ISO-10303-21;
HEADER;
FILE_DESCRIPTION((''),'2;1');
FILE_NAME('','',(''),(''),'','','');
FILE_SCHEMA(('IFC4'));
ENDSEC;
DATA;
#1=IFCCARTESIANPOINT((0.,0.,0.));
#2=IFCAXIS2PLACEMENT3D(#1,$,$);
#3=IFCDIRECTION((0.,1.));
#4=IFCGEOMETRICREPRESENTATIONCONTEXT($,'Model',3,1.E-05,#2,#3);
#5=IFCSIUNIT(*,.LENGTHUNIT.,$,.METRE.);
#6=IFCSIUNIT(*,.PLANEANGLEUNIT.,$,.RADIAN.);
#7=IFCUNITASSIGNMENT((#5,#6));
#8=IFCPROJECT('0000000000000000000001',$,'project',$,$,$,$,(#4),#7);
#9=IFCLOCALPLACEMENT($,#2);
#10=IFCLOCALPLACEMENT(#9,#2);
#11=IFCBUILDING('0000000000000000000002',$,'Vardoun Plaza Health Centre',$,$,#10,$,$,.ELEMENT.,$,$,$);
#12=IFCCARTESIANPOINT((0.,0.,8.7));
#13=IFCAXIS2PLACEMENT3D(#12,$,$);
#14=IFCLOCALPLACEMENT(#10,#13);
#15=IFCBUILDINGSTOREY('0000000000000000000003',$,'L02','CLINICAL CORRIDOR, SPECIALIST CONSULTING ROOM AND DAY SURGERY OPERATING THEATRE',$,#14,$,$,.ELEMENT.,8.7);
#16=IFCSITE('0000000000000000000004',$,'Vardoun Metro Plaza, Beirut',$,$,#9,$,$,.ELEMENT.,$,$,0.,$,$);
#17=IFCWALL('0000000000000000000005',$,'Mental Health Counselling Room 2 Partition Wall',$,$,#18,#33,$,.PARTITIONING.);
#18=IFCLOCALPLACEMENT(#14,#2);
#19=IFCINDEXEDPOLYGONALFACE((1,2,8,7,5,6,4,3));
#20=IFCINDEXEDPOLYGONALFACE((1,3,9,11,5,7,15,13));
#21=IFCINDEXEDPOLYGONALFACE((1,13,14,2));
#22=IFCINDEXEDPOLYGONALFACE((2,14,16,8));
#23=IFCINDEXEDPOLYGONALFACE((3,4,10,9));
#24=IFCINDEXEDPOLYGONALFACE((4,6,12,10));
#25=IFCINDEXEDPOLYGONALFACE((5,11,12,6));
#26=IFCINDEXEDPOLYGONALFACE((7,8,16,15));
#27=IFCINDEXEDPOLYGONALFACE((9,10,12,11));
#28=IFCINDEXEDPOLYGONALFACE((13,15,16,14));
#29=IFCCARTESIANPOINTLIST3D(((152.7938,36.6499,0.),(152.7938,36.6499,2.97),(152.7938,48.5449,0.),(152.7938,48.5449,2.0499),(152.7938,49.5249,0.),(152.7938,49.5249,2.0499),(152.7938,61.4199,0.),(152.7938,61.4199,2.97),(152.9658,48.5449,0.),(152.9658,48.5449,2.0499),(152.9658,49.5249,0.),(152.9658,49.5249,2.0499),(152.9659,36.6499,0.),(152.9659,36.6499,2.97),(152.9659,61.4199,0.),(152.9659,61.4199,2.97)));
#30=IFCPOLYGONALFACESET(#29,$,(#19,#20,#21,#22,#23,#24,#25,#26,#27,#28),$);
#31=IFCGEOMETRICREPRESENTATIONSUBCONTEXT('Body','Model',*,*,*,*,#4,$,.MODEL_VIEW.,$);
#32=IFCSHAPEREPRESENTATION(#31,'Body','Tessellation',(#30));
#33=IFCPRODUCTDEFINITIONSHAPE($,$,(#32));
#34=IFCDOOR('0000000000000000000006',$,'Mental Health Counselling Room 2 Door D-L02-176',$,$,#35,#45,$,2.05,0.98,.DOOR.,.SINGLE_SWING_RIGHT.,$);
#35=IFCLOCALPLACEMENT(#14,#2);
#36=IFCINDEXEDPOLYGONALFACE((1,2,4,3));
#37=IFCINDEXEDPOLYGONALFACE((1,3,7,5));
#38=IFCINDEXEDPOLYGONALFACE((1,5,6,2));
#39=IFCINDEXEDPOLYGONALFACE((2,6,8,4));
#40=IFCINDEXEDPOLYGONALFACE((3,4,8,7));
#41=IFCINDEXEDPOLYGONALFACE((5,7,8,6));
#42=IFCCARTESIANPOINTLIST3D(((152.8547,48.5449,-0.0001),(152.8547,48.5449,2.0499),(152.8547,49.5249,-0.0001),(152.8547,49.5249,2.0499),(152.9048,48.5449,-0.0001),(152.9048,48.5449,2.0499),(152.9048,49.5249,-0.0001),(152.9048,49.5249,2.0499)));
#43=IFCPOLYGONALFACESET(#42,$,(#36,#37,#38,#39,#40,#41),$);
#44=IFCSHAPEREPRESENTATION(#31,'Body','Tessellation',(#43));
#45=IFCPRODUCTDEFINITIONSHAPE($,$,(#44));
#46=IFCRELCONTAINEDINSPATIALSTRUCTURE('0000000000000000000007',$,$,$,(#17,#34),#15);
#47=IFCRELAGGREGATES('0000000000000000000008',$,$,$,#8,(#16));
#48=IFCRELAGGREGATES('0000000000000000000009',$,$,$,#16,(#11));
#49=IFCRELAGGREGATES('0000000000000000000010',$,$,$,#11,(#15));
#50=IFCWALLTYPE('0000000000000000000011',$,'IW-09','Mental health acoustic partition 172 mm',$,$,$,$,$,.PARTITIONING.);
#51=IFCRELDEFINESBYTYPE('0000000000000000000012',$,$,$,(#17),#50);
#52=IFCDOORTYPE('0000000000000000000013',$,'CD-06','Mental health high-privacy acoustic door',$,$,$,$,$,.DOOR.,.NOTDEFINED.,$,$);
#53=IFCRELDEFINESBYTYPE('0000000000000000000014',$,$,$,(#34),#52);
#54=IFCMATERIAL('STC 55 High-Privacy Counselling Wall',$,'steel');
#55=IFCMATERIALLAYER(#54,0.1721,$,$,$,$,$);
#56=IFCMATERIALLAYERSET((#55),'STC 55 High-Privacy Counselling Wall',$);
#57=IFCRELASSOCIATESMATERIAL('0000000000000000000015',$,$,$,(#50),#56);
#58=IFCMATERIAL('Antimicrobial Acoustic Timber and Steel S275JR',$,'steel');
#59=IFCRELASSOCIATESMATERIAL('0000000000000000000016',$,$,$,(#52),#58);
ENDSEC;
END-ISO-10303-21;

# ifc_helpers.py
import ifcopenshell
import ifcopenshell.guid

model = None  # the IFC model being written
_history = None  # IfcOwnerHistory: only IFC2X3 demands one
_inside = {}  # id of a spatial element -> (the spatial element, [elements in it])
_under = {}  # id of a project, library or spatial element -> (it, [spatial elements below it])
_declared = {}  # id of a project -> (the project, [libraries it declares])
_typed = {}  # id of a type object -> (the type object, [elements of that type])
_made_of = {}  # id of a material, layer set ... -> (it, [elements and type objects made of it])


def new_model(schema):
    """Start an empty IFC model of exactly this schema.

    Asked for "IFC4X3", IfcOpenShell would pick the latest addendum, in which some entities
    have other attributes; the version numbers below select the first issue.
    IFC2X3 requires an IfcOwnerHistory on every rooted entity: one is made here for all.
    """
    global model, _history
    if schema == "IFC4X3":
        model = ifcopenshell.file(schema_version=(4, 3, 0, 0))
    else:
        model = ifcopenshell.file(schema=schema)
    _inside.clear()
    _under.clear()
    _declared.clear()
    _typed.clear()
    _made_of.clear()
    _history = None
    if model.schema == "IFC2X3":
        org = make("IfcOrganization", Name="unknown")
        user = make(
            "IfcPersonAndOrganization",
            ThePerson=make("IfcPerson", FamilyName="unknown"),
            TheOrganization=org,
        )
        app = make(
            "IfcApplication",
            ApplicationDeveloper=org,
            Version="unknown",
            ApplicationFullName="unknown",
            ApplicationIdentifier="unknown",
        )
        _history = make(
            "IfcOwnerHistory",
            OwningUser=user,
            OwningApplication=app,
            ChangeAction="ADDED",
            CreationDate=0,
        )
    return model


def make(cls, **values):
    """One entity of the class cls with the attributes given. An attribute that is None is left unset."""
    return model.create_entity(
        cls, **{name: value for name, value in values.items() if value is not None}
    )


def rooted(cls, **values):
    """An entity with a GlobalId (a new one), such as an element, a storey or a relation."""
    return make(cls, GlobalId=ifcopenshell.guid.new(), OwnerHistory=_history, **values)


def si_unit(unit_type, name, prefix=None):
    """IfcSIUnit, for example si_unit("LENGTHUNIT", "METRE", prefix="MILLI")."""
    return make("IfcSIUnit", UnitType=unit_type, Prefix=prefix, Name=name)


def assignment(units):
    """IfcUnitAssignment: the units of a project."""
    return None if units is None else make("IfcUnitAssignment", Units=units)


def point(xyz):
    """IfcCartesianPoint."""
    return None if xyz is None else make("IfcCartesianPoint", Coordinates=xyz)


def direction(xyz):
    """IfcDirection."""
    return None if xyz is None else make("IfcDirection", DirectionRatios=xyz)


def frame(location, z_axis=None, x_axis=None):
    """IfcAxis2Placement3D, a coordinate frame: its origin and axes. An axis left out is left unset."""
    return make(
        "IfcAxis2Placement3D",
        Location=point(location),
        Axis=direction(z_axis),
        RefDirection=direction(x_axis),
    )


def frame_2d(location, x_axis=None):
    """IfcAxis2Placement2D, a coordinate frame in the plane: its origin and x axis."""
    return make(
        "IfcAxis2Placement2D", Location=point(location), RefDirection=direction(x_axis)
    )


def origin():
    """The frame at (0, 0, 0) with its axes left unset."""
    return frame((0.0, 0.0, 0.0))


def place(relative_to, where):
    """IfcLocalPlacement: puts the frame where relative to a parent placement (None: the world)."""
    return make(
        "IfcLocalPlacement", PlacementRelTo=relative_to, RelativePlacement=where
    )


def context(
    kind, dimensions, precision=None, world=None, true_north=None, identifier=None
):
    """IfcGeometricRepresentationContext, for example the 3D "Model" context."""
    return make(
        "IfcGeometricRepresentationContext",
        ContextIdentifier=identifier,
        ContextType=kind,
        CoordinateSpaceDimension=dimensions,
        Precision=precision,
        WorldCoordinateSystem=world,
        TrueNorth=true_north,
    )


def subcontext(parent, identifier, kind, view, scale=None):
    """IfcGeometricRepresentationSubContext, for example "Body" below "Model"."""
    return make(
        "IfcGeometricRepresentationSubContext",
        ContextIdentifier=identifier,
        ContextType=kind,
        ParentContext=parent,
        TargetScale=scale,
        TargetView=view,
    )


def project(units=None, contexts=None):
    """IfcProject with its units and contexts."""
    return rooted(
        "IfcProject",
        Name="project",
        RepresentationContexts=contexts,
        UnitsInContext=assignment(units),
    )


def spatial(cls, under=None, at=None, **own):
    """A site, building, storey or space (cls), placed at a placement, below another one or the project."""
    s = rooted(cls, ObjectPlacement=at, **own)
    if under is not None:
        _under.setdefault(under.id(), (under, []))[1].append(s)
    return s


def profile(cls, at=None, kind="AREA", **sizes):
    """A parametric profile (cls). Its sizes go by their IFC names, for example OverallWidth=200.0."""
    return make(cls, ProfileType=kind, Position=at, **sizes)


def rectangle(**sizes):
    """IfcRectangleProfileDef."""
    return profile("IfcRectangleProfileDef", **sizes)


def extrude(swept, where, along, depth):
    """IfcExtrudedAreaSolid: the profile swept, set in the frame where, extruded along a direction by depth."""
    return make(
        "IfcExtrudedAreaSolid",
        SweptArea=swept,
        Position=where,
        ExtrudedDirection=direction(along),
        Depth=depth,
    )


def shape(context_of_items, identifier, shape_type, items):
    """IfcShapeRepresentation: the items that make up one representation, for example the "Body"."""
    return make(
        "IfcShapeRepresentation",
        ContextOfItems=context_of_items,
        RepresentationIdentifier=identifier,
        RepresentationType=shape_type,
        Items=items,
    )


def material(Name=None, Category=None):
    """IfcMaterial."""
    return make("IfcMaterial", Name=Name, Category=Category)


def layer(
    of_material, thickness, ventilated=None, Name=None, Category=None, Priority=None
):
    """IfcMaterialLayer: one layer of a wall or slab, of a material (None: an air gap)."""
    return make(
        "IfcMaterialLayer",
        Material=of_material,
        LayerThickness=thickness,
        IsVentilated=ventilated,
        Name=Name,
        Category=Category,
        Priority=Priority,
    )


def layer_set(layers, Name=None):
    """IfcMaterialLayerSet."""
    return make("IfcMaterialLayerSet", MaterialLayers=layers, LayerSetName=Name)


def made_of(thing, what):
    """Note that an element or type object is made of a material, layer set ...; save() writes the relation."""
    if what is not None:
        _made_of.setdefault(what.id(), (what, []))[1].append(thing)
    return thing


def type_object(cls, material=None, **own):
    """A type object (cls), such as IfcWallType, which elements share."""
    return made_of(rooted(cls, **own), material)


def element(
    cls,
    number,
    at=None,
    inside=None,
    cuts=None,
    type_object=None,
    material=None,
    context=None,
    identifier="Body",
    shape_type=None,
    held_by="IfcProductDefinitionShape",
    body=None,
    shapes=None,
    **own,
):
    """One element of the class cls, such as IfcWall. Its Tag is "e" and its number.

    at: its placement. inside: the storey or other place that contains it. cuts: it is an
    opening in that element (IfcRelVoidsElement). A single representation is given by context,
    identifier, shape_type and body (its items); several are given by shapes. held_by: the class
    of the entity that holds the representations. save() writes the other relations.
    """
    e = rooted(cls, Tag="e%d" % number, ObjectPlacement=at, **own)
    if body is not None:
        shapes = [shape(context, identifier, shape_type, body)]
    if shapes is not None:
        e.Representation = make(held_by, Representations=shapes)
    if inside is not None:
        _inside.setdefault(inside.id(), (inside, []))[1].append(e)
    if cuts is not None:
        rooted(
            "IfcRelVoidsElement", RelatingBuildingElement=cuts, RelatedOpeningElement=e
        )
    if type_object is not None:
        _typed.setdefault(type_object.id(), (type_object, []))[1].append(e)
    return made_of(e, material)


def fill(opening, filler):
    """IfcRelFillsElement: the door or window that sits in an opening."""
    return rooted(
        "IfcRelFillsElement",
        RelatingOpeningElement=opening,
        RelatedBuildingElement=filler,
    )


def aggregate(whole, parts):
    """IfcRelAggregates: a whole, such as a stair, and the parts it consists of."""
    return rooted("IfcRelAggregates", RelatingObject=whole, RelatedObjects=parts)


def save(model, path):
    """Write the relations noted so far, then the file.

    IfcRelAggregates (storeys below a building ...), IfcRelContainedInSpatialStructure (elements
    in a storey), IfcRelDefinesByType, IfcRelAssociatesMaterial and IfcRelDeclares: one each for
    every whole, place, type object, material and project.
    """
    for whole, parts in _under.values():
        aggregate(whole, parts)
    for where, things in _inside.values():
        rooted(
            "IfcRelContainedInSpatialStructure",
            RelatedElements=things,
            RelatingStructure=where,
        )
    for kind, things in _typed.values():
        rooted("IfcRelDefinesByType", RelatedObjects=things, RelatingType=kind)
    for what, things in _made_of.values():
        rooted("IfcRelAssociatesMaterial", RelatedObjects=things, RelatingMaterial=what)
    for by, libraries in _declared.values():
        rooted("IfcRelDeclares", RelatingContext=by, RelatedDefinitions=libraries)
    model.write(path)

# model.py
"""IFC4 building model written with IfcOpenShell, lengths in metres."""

from ifc_helpers import new_model, si_unit, direction, frame, frame_2d, origin, place, context, subcontext, project, spatial, rectangle, extrude, material, layer, layer_set, type_object, element, fill, save


model = new_model("IFC4")

# Units and contexts
model_context = context("Model", 3, precision=1e-05, world=origin(), true_north=direction((0.0, 1.0)))
body_context = subcontext(model_context, "Body", "Model", "MODEL_VIEW")
ifc_project = project(units=[si_unit("LENGTHUNIT", "METRE"), si_unit("PLANEANGLEUNIT", "RADIAN")], contexts=[model_context])

# Site, building, storey
site_placement = place(None, origin())
site = spatial("IfcSite", under=ifc_project, at=site_placement, Name="Vardoun Metro Plaza, Beirut", CompositionType="ELEMENT", RefElevation=0.0)
building_placement = place(site_placement, origin())
building = spatial("IfcBuilding", under=site, at=building_placement, Name="Vardoun Plaza Health Centre", CompositionType="ELEMENT")
storey_placement = place(building_placement, frame((0.0, 0.0, 8.7)))
storey = spatial("IfcBuildingStorey", under=building, at=storey_placement, Name="L02", Description="CLINICAL CORRIDOR, SPECIALIST CONSULTING ROOM AND DAY SURGERY OPERATING THEATRE", CompositionType="ELEMENT", Elevation=8.7)

# Wall, opening, door
ifc_material_1 = material(Name="STC 55 High-Privacy Counselling Wall", Category="steel")
ifc_layer_1 = layer(ifc_material_1, 0.1721)
ifc_layer_set_1 = layer_set([ifc_layer_1], Name="STC 55 High-Privacy Counselling Wall")
wall_type_1 = type_object("IfcWallType", Name="IW-09", Description="Mental health acoustic partition 172 mm", PredefinedType="PARTITIONING", material=ifc_layer_set_1)
ifc_material_2 = material(Name="Antimicrobial Acoustic Timber and Steel S275JR", Category="steel")
door_type = type_object("IfcDoorType", Name="CD-06", Description="Mental health high-privacy acoustic door", OperationType="NOTDEFINED", PredefinedType="DOOR", material=ifc_material_2)
wall_1_placement = place(storey_placement, frame((152.8799, 61.4199, 0.0), z_axis=(0.0, 0.0, 1.0), x_axis=(0.0, -1.0, 0.0)))
wall_1 = element("IfcWall", 1, at=wall_1_placement, inside=storey, type_object=wall_type_1, Name="Mental Health Counselling Room 2 Partition Wall", PredefinedType="PARTITIONING", context=body_context, shape_type="SweptSolid", body=[
    extrude(rectangle(XDim=24.77, YDim=0.1721, at=frame_2d((12.385, 0.0))), origin(), (0.0, 0.0, 1.0), 2.97),
])
opening_1_placement = place(wall_1_placement, frame((11.895, 0.0, 0.0)))
opening_1 = element("IfcOpeningElement", 2, at=opening_1_placement, cuts=wall_1, PredefinedType="OPENING", context=body_context, shape_type="SweptSolid", body=[
    extrude(rectangle(XDim=0.98, YDim=2.05, at=frame_2d((0.49, 1.0249))), frame((0.0, 0.0859, 0.0), z_axis=(0.0, -1.0, 0.0), x_axis=(1.0, 0.0, 0.0)), (0.0, 0.0, 1.0), 0.1721),
])
door_1_placement = place(opening_1_placement, origin())
door_1 = element("IfcDoor", 3, at=door_1_placement, inside=storey, type_object=door_type, Name="Mental Health Counselling Room 2 Door D-L02-176", OperationType="SINGLE_SWING_RIGHT", OverallHeight=2.05, OverallWidth=0.98, PredefinedType="DOOR", context=body_context, shape_type="SweptSolid", body=[
    extrude(rectangle(XDim=0.98, YDim=2.05, at=frame_2d((0.49, 1.0249))), frame((0.0, 0.0249, 0.0), z_axis=(0.0, -1.0, 0.0), x_axis=(1.0, 0.0, 0.0)), (0.0, 0.0, 1.0), 0.05),
])
fill(opening_1, door_1)

save(model, "model.ifc")
